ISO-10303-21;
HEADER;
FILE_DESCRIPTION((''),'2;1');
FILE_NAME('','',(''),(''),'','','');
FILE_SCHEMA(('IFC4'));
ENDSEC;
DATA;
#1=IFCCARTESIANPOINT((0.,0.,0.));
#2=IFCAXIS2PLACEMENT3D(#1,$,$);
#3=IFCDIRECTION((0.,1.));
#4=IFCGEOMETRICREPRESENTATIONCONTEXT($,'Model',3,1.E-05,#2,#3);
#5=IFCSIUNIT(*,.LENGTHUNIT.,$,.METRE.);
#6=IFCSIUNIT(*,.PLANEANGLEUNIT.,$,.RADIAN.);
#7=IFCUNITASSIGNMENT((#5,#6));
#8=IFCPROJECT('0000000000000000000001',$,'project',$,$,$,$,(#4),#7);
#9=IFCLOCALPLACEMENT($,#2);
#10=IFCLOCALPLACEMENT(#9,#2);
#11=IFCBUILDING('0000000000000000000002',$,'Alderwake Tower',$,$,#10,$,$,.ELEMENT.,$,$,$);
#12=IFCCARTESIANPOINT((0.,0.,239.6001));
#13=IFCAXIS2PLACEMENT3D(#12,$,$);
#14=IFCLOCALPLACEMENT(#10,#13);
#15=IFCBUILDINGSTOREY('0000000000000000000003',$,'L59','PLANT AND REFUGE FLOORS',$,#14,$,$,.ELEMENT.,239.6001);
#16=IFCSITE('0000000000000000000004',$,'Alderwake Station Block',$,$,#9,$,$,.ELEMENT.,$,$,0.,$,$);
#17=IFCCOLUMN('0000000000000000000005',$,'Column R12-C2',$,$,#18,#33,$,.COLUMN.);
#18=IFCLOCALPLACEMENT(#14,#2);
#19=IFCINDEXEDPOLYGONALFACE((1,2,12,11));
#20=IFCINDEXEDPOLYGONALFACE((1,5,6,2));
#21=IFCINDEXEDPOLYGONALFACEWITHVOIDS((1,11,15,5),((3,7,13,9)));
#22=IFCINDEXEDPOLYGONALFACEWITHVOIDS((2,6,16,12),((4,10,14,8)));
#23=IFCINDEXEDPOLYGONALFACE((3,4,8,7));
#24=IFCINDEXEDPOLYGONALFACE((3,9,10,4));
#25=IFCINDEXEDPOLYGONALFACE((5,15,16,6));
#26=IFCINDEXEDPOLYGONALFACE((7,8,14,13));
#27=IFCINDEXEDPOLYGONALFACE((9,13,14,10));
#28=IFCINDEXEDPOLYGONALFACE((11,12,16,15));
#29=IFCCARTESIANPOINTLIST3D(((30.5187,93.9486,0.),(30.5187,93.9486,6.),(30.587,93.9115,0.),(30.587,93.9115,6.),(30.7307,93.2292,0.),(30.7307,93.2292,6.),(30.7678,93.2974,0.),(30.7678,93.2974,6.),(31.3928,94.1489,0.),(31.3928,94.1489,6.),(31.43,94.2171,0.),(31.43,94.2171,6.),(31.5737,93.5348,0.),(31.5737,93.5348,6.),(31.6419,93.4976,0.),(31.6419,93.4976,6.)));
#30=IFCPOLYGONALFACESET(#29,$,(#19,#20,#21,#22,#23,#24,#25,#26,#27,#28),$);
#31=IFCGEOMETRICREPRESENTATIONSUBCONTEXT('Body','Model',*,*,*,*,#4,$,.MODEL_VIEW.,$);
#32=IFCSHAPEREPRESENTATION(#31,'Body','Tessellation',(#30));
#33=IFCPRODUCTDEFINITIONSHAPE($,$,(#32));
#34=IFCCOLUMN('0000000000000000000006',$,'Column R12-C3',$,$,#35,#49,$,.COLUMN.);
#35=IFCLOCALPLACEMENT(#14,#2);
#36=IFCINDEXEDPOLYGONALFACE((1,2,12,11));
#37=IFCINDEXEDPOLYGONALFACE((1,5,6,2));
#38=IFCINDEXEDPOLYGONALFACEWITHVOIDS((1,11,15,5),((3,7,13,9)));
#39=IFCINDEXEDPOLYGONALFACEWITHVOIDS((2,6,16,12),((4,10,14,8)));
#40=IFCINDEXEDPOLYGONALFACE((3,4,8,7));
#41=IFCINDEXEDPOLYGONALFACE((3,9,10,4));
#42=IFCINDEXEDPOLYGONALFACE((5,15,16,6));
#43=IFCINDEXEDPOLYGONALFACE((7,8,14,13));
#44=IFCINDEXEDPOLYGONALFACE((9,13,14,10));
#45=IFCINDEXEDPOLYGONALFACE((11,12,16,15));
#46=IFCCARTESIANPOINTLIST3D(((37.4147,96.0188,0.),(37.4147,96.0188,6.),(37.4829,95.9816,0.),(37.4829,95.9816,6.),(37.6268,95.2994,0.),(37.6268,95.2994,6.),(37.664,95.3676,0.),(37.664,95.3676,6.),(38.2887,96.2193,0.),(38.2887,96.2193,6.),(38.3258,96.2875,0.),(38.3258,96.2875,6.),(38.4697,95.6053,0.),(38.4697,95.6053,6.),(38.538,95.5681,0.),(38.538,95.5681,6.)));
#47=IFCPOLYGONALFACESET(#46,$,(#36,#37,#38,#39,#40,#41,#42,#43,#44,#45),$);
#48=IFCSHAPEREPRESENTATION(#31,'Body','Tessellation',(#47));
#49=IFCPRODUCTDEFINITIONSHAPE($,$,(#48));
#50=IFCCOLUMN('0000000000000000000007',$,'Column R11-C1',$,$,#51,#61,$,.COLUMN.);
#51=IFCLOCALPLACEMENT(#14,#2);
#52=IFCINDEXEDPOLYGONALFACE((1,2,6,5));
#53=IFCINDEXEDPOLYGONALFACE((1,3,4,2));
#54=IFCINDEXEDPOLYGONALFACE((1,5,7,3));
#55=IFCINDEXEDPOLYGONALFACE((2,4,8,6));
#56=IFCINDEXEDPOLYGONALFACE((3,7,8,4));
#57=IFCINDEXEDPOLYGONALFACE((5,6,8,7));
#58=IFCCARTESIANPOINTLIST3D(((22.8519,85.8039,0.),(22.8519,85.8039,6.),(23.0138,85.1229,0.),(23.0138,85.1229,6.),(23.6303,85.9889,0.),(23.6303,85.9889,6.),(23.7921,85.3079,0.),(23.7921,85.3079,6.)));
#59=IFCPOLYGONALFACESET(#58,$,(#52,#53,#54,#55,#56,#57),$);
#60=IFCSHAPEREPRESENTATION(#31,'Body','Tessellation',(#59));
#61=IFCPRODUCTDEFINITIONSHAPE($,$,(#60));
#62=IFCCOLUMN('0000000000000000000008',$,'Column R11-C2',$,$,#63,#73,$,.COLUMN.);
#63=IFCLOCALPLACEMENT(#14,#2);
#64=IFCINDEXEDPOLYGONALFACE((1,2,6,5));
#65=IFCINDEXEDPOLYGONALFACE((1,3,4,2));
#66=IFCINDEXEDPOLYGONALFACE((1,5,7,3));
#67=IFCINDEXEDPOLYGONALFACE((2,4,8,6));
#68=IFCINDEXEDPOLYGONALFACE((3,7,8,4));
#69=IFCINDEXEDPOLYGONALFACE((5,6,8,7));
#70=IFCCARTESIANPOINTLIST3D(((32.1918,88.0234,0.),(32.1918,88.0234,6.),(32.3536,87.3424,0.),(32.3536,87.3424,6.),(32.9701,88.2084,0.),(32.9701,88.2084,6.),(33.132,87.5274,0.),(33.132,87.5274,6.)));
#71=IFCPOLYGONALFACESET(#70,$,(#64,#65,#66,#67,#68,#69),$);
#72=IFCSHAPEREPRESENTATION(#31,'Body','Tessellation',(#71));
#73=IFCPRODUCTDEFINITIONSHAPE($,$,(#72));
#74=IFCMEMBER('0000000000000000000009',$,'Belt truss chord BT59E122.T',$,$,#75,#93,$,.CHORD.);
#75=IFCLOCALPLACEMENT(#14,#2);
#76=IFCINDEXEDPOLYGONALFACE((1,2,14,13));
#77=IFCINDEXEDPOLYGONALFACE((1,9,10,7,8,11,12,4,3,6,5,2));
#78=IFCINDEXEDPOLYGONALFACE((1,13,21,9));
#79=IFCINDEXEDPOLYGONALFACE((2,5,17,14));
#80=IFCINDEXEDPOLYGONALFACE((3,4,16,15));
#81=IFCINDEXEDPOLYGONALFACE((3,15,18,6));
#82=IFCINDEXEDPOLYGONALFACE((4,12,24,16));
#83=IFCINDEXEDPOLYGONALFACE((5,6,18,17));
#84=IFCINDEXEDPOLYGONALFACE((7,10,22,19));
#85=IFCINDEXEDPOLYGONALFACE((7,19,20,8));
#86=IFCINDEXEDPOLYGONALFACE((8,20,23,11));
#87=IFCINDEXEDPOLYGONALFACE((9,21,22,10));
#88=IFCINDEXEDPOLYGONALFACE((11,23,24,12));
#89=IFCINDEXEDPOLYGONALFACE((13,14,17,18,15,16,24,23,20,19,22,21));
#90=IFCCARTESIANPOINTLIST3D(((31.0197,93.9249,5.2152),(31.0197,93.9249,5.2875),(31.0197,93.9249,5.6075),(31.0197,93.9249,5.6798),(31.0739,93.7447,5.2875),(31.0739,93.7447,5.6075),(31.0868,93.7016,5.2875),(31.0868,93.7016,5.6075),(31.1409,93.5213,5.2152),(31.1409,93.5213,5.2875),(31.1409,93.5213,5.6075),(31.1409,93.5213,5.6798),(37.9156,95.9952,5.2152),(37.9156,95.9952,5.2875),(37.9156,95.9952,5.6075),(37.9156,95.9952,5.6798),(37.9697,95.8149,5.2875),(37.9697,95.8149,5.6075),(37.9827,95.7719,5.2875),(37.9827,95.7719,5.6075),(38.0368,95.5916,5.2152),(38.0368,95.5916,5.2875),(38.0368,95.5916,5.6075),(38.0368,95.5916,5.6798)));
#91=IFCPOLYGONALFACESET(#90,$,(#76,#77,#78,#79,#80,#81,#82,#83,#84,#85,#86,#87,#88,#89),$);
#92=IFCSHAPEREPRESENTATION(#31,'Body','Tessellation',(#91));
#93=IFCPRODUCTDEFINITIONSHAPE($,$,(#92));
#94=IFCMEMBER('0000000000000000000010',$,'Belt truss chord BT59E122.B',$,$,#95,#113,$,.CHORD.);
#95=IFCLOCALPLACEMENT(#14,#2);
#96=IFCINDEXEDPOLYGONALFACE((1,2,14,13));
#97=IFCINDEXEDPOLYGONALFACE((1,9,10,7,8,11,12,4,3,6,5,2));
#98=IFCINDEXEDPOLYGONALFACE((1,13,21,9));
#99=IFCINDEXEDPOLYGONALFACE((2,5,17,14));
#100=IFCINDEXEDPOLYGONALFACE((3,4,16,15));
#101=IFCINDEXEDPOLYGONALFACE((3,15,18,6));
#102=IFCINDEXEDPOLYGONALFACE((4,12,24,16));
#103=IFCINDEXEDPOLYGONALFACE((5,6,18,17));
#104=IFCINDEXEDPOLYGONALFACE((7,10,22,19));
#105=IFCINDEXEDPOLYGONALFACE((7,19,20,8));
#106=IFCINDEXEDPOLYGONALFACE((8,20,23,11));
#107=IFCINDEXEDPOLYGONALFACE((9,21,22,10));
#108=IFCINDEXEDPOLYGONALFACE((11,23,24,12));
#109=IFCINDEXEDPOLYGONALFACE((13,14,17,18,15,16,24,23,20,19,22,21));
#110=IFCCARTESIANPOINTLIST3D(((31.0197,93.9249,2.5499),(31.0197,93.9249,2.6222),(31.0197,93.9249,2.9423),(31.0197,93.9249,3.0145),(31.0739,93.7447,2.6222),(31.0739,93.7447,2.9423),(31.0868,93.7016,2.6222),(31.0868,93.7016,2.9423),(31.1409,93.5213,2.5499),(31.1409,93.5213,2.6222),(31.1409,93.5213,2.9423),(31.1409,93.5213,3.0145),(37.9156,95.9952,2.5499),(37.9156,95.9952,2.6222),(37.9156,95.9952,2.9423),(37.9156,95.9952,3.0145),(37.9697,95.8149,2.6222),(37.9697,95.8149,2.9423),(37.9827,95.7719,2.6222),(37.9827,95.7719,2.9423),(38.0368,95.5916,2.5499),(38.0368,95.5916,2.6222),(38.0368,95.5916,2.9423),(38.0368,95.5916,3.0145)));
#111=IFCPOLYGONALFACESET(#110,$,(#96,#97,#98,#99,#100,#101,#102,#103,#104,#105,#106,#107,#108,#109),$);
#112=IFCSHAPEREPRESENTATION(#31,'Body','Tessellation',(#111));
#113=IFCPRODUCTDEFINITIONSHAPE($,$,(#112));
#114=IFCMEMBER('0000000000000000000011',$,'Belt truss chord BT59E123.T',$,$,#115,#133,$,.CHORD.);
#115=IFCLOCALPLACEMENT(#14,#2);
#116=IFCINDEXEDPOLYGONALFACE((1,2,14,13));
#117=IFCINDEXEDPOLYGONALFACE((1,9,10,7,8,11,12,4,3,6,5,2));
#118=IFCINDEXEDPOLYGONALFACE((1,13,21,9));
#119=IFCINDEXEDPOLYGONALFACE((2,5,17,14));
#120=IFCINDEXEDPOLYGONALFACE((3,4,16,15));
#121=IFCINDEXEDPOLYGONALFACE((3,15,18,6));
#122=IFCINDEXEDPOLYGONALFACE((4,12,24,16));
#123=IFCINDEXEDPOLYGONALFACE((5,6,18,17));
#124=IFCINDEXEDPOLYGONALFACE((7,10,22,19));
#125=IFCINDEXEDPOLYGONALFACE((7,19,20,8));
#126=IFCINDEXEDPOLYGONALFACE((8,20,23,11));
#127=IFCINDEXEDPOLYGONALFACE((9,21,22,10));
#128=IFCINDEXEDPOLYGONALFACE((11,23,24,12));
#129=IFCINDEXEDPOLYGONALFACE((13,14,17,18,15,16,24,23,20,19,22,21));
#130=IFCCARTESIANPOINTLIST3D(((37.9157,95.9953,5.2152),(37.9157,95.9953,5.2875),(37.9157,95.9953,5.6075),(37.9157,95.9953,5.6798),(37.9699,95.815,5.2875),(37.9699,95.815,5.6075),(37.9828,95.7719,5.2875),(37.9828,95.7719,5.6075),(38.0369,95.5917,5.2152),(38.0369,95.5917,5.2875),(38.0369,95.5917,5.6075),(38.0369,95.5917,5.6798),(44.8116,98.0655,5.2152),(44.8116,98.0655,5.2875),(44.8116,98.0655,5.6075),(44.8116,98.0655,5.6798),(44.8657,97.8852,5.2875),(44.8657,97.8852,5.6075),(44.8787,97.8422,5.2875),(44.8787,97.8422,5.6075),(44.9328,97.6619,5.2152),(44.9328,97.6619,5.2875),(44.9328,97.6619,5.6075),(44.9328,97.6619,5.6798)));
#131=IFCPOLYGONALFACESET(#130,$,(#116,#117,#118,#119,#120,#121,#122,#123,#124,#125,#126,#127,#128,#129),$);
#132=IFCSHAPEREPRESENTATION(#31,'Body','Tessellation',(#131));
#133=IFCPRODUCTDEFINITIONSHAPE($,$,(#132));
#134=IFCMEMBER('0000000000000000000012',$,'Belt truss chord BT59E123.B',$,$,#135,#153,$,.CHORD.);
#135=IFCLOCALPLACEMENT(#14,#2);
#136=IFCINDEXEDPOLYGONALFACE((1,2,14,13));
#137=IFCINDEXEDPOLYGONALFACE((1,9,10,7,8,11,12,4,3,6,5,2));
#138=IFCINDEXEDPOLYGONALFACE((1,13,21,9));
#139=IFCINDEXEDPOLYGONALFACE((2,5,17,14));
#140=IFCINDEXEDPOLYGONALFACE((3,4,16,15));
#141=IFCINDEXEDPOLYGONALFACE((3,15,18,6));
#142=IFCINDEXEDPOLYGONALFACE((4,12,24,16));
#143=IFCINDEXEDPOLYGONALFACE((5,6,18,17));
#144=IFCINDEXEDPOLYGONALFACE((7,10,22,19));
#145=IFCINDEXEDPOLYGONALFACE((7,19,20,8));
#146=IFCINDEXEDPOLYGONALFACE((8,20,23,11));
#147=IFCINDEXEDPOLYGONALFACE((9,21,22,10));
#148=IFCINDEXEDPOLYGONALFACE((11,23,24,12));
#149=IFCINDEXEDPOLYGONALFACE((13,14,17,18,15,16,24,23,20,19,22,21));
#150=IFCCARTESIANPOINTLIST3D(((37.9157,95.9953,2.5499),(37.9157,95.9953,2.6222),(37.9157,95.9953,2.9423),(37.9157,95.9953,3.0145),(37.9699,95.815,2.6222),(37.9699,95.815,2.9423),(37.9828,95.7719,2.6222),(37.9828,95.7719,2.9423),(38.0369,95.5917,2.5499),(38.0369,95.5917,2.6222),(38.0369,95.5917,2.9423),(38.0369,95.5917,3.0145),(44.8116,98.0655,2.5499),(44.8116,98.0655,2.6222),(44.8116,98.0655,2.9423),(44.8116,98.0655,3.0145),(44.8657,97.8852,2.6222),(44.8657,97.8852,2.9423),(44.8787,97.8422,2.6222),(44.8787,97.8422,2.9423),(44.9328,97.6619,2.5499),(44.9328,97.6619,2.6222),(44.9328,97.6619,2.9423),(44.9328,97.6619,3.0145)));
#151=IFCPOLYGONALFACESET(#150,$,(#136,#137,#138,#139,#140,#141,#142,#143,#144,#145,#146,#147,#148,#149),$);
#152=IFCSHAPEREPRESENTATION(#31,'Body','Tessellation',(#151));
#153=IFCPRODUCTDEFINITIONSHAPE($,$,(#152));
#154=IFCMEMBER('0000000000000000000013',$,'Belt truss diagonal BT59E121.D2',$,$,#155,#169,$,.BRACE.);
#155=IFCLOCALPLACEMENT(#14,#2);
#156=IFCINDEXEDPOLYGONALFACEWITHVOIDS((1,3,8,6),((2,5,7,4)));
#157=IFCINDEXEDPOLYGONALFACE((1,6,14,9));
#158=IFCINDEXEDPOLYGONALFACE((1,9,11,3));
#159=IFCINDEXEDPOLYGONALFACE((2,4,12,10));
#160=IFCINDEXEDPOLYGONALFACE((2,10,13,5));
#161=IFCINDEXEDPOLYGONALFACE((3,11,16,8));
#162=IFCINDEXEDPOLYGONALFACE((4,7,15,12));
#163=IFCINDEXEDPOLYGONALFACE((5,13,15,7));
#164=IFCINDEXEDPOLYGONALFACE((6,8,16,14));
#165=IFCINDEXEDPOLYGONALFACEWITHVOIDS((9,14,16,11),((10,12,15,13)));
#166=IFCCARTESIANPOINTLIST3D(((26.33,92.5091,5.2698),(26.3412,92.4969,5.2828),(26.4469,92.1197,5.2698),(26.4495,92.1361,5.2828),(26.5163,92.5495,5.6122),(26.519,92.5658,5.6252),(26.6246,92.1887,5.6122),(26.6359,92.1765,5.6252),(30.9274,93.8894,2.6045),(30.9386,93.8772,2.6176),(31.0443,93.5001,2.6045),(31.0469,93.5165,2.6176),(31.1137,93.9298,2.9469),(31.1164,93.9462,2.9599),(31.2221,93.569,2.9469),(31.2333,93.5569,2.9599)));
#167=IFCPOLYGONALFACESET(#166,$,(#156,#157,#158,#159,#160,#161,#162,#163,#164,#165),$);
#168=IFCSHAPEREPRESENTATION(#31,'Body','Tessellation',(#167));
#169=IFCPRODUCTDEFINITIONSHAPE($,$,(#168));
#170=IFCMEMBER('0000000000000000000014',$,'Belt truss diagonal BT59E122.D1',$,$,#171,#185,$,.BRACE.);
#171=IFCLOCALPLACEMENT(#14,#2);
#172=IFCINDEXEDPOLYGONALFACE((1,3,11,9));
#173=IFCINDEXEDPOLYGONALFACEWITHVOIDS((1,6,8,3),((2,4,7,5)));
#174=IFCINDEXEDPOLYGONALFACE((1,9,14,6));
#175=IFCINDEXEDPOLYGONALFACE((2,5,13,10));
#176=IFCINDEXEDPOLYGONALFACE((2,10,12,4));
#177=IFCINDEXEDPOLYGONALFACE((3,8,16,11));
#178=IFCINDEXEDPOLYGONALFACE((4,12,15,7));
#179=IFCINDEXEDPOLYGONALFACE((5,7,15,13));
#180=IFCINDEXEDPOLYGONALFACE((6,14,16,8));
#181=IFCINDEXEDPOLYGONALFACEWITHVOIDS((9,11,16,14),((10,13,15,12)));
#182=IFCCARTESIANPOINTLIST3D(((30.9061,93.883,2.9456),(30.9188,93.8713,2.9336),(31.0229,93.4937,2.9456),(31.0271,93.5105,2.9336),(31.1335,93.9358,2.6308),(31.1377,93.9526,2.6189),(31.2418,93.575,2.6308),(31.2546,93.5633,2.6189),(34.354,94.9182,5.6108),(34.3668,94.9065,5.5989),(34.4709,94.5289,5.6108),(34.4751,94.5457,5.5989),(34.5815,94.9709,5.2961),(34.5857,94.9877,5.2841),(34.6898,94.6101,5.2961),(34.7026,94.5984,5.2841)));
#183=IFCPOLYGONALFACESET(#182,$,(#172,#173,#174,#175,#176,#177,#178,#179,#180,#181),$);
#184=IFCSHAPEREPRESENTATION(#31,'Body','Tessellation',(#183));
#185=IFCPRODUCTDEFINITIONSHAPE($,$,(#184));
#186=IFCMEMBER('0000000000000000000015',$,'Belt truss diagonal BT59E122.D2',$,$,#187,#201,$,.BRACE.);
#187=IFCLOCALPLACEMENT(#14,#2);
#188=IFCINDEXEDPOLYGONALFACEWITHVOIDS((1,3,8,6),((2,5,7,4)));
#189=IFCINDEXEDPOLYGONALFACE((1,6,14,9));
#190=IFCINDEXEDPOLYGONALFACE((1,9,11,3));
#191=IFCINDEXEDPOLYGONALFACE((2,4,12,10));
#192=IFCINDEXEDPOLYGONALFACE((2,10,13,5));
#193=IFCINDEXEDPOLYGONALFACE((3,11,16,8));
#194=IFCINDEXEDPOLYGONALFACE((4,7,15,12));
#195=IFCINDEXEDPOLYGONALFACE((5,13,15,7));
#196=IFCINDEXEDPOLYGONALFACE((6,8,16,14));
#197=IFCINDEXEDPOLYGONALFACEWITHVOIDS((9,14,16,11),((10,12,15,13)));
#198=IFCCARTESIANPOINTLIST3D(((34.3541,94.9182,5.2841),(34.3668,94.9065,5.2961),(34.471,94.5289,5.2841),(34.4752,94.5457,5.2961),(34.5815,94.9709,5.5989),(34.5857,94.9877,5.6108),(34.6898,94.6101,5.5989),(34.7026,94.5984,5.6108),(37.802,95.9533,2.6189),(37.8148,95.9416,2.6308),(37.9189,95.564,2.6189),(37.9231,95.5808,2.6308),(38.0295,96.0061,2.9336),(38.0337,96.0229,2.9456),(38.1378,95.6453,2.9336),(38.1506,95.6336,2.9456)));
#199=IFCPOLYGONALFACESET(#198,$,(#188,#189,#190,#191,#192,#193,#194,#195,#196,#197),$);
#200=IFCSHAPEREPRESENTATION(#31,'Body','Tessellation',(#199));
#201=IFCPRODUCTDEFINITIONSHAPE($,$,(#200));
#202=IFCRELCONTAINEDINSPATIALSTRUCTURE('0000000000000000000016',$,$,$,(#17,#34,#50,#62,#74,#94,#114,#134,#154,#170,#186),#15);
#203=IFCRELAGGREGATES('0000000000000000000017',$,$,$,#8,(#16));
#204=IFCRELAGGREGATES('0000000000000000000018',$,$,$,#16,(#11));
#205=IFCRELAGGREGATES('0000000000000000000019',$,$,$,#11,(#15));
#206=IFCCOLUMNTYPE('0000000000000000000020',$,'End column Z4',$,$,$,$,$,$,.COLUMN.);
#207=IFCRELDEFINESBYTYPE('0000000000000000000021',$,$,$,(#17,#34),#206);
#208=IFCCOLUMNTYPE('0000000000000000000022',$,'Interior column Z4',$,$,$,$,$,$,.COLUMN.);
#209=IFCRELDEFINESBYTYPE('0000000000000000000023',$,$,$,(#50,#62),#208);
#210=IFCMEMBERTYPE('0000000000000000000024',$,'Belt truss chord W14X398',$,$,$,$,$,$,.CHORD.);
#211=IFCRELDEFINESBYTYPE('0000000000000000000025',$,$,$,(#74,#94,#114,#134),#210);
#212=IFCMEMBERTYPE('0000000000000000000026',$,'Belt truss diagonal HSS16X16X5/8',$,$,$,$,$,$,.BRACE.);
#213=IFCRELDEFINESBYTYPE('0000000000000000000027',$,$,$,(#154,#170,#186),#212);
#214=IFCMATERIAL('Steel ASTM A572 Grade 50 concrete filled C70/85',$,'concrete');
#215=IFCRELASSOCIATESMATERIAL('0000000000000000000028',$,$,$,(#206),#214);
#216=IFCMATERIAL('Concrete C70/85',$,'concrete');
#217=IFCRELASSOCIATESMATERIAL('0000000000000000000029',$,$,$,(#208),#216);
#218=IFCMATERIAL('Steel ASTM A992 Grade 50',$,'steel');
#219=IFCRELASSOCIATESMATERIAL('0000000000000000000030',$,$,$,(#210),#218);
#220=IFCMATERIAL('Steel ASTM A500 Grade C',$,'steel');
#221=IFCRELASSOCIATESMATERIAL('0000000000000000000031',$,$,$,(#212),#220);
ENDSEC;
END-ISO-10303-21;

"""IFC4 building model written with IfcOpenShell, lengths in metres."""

from ifc_helpers import new_model, si_unit, direction, frame, origin, origin_2d, place, context, subcontext, project, spatial, rectangle, hollow_rectangle, i_section, extrude, material, material_profile, profile_set, type_object, element, save


model = new_model("IFC4")

# Units and contexts
model_context = context("Model", 3, precision=1e-05, world=origin(), true_north=direction((0.0, 1.0)))
body_context = subcontext(model_context, "Body", "Model", "MODEL_VIEW")
ifc_project = project(units=[si_unit("LENGTHUNIT", "METRE"), si_unit("PLANEANGLEUNIT", "RADIAN")], contexts=[model_context])

# Site, building, storey
site_placement = place(None, origin())
site = spatial("IfcSite", under=ifc_project, at=site_placement, Name="Alderwake Station Block", CompositionType="ELEMENT", RefElevation=0.0)
building_placement = place(site_placement, origin())
building = spatial("IfcBuilding", under=site, at=building_placement, Name="Alderwake Tower", CompositionType="ELEMENT")
storey_placement = place(building_placement, frame((0.0, 0.0, 239.6001)))
storey = spatial("IfcBuildingStorey", under=building, at=storey_placement, Name="L59", Description="PLANT AND REFUGE FLOORS", CompositionType="ELEMENT", Elevation=239.6001)

# Columns
ifc_material_1 = material(Name="Steel ASTM A572 Grade 50 concrete filled C70/85", Category="concrete")
ifc_material_profile_1 = material_profile(ifc_material_1, hollow_rectangle(XDim=0.75, YDim=0.95, WallThickness=0.0549, at=origin_2d()), Name="BOX 950X750X55")
ifc_profile_set_1 = profile_set([ifc_material_profile_1], Name="Steel ASTM A572 Grade 50 concrete filled C70/85")
column_type_1 = type_object("IfcColumnType", Name="End column Z4", PredefinedType="COLUMN", material=ifc_profile_set_1)
for number, where, z_axis, x_axis, name in (
    (1, (31.0803, 93.7231, 0.0), (0.0, 0.0, 1.0), (-0.282583, 0.959243, 0.0), "Column R12-C2"),
    (2, (37.9763, 95.7935, 0.0), (0.0, 0.0, 1.0), (-0.282874, 0.959157, 0.0), "Column R12-C3"),
):
    element("IfcColumn", number, at=place(storey_placement, frame(where, z_axis=z_axis, x_axis=x_axis)), inside=storey, type_object=column_type_1, Name=name, PredefinedType="COLUMN", context=body_context, shape_type="SweptSolid", body=[
        extrude(hollow_rectangle(XDim=0.75, YDim=0.95, WallThickness=0.0549, at=origin_2d()), origin(), (0.0, 0.0, 1.0), 6.0),
    ])
ifc_material_2 = material(Name="Concrete C70/85", Category="concrete")
ifc_material_profile_2 = material_profile(ifc_material_2, rectangle(XDim=0.7, YDim=0.8, at=origin_2d()), Name="RC 800X700")
ifc_profile_set_2 = profile_set([ifc_material_profile_2], Name="Concrete C70/85")
column_type_2 = type_object("IfcColumnType", Name="Interior column Z4", PredefinedType="COLUMN", material=ifc_profile_set_2)
for number, where, z_axis, x_axis, name in (
    (3, (23.322, 85.5559, 0.0), (0.0, 0.0, 1.0), (-0.231222, 0.972901, 0.0), "Column R11-C1"),
    (4, (32.6619, 87.7754, 0.0), (0.0, 0.0, 1.0), (-0.231222, 0.972901, 0.0), "Column R11-C2"),
):
    element("IfcColumn", number, at=place(storey_placement, frame(where, z_axis=z_axis, x_axis=x_axis)), inside=storey, type_object=column_type_2, Name=name, PredefinedType="COLUMN", context=body_context, shape_type="SweptSolid", body=[
        extrude(rectangle(XDim=0.7, YDim=0.8, at=origin_2d()), origin(), (0.0, 0.0, 1.0), 6.0),
    ])

# Members
ifc_material_3 = material(Name="Steel ASTM A992 Grade 50", Category="steel")
ifc_material_profile_3 = material_profile(ifc_material_3, i_section(OverallWidth=0.4214, OverallDepth=0.4646, WebThickness=0.0449, FlangeThickness=0.0723, at=origin_2d()), Name="W14X398")
ifc_profile_set_3 = profile_set([ifc_material_profile_3], Name="Steel ASTM A992 Grade 50")
member_type_1 = type_object("IfcMemberType", Name="Belt truss chord W14X398", PredefinedType="CHORD", material=ifc_profile_set_3)
for number, where, z_axis, x_axis, name in (
    (5, (31.0803, 93.7231, 5.4475), (0.957768, 0.287541, 0.0), (-0.287541, 0.957768, 0.0), "Belt truss chord BT59E122.T"),
    (6, (31.0803, 93.7231, 2.7822), (0.957768, 0.287541, 0.0), (-0.287541, 0.957768, 0.0), "Belt truss chord BT59E122.B"),
    (7, (37.9763, 95.7935, 5.4475), (0.957768, 0.287541, 0.0), (-0.287541, 0.957768, 0.0), "Belt truss chord BT59E123.T"),
    (8, (37.9763, 95.7935, 2.7822), (0.957768, 0.287541, 0.0), (-0.287541, 0.957768, 0.0), "Belt truss chord BT59E123.B"),
):
    element("IfcMember", number, at=place(storey_placement, frame(where, z_axis=z_axis, x_axis=x_axis)), inside=storey, type_object=member_type_1, Name=name, PredefinedType="CHORD", context=body_context, shape_type="SweptSolid", body=[
        extrude(i_section(OverallWidth=0.4214, OverallDepth=0.4646, WebThickness=0.0449, FlangeThickness=0.0723, at=origin_2d()), origin(), (0.0, 0.0, 1.0), 7.2),
    ])
ifc_material_4 = material(Name="Steel ASTM A500 Grade C", Category="steel")
ifc_material_profile_4 = material_profile(ifc_material_4, hollow_rectangle(XDim=0.4065, YDim=0.4065, WallThickness=0.0149, at=origin_2d()), Name="HSS16X16X5/8")
ifc_profile_set_4 = profile_set([ifc_material_profile_4], Name="Steel ASTM A500 Grade C")
member_type_2 = type_object("IfcMemberType", Name="Belt truss diagonal HSS16X16X5/8", PredefinedType="BRACE", material=ifc_profile_set_4)
member_1_placement = place(storey_placement, frame((31.0803, 93.7231, 2.7822), z_axis=(-0.837343, -0.251412, 0.485437), x_axis=(0.287567, -0.95776, 0.0)))
element("IfcMember", 9, at=member_1_placement, inside=storey, type_object=member_type_2, Name="Belt truss diagonal BT59E121.D2", PredefinedType="BRACE", context=body_context, shape_type="SweptSolid", body=[
    extrude(hollow_rectangle(XDim=0.4065, YDim=0.4065, WallThickness=0.0149, at=origin_2d()), origin(), (0.0, 0.0, 1.0), 5.4905),
])
for number, where, z_axis, x_axis, name in (
    (10, (31.0803, 93.7231, 2.7822), (0.769766, 0.231099, 0.595025), (-0.287541, 0.957768, 0.0), "Belt truss diagonal BT59E122.D1"),
    (11, (37.9763, 95.7935, 2.7822), (-0.769766, -0.231099, 0.595025), (0.287541, -0.957768, 0.0), "Belt truss diagonal BT59E122.D2"),
):
    element("IfcMember", number, at=place(storey_placement, frame(where, z_axis=z_axis, x_axis=x_axis)), inside=storey, type_object=member_type_2, Name=name, PredefinedType="BRACE", context=body_context, shape_type="SweptSolid", body=[
        extrude(hollow_rectangle(XDim=0.4065, YDim=0.4065, WallThickness=0.0149, at=origin_2d()), origin(), (0.0, 0.0, 1.0), 4.4792),
    ])

save(model, "model.ifc")
